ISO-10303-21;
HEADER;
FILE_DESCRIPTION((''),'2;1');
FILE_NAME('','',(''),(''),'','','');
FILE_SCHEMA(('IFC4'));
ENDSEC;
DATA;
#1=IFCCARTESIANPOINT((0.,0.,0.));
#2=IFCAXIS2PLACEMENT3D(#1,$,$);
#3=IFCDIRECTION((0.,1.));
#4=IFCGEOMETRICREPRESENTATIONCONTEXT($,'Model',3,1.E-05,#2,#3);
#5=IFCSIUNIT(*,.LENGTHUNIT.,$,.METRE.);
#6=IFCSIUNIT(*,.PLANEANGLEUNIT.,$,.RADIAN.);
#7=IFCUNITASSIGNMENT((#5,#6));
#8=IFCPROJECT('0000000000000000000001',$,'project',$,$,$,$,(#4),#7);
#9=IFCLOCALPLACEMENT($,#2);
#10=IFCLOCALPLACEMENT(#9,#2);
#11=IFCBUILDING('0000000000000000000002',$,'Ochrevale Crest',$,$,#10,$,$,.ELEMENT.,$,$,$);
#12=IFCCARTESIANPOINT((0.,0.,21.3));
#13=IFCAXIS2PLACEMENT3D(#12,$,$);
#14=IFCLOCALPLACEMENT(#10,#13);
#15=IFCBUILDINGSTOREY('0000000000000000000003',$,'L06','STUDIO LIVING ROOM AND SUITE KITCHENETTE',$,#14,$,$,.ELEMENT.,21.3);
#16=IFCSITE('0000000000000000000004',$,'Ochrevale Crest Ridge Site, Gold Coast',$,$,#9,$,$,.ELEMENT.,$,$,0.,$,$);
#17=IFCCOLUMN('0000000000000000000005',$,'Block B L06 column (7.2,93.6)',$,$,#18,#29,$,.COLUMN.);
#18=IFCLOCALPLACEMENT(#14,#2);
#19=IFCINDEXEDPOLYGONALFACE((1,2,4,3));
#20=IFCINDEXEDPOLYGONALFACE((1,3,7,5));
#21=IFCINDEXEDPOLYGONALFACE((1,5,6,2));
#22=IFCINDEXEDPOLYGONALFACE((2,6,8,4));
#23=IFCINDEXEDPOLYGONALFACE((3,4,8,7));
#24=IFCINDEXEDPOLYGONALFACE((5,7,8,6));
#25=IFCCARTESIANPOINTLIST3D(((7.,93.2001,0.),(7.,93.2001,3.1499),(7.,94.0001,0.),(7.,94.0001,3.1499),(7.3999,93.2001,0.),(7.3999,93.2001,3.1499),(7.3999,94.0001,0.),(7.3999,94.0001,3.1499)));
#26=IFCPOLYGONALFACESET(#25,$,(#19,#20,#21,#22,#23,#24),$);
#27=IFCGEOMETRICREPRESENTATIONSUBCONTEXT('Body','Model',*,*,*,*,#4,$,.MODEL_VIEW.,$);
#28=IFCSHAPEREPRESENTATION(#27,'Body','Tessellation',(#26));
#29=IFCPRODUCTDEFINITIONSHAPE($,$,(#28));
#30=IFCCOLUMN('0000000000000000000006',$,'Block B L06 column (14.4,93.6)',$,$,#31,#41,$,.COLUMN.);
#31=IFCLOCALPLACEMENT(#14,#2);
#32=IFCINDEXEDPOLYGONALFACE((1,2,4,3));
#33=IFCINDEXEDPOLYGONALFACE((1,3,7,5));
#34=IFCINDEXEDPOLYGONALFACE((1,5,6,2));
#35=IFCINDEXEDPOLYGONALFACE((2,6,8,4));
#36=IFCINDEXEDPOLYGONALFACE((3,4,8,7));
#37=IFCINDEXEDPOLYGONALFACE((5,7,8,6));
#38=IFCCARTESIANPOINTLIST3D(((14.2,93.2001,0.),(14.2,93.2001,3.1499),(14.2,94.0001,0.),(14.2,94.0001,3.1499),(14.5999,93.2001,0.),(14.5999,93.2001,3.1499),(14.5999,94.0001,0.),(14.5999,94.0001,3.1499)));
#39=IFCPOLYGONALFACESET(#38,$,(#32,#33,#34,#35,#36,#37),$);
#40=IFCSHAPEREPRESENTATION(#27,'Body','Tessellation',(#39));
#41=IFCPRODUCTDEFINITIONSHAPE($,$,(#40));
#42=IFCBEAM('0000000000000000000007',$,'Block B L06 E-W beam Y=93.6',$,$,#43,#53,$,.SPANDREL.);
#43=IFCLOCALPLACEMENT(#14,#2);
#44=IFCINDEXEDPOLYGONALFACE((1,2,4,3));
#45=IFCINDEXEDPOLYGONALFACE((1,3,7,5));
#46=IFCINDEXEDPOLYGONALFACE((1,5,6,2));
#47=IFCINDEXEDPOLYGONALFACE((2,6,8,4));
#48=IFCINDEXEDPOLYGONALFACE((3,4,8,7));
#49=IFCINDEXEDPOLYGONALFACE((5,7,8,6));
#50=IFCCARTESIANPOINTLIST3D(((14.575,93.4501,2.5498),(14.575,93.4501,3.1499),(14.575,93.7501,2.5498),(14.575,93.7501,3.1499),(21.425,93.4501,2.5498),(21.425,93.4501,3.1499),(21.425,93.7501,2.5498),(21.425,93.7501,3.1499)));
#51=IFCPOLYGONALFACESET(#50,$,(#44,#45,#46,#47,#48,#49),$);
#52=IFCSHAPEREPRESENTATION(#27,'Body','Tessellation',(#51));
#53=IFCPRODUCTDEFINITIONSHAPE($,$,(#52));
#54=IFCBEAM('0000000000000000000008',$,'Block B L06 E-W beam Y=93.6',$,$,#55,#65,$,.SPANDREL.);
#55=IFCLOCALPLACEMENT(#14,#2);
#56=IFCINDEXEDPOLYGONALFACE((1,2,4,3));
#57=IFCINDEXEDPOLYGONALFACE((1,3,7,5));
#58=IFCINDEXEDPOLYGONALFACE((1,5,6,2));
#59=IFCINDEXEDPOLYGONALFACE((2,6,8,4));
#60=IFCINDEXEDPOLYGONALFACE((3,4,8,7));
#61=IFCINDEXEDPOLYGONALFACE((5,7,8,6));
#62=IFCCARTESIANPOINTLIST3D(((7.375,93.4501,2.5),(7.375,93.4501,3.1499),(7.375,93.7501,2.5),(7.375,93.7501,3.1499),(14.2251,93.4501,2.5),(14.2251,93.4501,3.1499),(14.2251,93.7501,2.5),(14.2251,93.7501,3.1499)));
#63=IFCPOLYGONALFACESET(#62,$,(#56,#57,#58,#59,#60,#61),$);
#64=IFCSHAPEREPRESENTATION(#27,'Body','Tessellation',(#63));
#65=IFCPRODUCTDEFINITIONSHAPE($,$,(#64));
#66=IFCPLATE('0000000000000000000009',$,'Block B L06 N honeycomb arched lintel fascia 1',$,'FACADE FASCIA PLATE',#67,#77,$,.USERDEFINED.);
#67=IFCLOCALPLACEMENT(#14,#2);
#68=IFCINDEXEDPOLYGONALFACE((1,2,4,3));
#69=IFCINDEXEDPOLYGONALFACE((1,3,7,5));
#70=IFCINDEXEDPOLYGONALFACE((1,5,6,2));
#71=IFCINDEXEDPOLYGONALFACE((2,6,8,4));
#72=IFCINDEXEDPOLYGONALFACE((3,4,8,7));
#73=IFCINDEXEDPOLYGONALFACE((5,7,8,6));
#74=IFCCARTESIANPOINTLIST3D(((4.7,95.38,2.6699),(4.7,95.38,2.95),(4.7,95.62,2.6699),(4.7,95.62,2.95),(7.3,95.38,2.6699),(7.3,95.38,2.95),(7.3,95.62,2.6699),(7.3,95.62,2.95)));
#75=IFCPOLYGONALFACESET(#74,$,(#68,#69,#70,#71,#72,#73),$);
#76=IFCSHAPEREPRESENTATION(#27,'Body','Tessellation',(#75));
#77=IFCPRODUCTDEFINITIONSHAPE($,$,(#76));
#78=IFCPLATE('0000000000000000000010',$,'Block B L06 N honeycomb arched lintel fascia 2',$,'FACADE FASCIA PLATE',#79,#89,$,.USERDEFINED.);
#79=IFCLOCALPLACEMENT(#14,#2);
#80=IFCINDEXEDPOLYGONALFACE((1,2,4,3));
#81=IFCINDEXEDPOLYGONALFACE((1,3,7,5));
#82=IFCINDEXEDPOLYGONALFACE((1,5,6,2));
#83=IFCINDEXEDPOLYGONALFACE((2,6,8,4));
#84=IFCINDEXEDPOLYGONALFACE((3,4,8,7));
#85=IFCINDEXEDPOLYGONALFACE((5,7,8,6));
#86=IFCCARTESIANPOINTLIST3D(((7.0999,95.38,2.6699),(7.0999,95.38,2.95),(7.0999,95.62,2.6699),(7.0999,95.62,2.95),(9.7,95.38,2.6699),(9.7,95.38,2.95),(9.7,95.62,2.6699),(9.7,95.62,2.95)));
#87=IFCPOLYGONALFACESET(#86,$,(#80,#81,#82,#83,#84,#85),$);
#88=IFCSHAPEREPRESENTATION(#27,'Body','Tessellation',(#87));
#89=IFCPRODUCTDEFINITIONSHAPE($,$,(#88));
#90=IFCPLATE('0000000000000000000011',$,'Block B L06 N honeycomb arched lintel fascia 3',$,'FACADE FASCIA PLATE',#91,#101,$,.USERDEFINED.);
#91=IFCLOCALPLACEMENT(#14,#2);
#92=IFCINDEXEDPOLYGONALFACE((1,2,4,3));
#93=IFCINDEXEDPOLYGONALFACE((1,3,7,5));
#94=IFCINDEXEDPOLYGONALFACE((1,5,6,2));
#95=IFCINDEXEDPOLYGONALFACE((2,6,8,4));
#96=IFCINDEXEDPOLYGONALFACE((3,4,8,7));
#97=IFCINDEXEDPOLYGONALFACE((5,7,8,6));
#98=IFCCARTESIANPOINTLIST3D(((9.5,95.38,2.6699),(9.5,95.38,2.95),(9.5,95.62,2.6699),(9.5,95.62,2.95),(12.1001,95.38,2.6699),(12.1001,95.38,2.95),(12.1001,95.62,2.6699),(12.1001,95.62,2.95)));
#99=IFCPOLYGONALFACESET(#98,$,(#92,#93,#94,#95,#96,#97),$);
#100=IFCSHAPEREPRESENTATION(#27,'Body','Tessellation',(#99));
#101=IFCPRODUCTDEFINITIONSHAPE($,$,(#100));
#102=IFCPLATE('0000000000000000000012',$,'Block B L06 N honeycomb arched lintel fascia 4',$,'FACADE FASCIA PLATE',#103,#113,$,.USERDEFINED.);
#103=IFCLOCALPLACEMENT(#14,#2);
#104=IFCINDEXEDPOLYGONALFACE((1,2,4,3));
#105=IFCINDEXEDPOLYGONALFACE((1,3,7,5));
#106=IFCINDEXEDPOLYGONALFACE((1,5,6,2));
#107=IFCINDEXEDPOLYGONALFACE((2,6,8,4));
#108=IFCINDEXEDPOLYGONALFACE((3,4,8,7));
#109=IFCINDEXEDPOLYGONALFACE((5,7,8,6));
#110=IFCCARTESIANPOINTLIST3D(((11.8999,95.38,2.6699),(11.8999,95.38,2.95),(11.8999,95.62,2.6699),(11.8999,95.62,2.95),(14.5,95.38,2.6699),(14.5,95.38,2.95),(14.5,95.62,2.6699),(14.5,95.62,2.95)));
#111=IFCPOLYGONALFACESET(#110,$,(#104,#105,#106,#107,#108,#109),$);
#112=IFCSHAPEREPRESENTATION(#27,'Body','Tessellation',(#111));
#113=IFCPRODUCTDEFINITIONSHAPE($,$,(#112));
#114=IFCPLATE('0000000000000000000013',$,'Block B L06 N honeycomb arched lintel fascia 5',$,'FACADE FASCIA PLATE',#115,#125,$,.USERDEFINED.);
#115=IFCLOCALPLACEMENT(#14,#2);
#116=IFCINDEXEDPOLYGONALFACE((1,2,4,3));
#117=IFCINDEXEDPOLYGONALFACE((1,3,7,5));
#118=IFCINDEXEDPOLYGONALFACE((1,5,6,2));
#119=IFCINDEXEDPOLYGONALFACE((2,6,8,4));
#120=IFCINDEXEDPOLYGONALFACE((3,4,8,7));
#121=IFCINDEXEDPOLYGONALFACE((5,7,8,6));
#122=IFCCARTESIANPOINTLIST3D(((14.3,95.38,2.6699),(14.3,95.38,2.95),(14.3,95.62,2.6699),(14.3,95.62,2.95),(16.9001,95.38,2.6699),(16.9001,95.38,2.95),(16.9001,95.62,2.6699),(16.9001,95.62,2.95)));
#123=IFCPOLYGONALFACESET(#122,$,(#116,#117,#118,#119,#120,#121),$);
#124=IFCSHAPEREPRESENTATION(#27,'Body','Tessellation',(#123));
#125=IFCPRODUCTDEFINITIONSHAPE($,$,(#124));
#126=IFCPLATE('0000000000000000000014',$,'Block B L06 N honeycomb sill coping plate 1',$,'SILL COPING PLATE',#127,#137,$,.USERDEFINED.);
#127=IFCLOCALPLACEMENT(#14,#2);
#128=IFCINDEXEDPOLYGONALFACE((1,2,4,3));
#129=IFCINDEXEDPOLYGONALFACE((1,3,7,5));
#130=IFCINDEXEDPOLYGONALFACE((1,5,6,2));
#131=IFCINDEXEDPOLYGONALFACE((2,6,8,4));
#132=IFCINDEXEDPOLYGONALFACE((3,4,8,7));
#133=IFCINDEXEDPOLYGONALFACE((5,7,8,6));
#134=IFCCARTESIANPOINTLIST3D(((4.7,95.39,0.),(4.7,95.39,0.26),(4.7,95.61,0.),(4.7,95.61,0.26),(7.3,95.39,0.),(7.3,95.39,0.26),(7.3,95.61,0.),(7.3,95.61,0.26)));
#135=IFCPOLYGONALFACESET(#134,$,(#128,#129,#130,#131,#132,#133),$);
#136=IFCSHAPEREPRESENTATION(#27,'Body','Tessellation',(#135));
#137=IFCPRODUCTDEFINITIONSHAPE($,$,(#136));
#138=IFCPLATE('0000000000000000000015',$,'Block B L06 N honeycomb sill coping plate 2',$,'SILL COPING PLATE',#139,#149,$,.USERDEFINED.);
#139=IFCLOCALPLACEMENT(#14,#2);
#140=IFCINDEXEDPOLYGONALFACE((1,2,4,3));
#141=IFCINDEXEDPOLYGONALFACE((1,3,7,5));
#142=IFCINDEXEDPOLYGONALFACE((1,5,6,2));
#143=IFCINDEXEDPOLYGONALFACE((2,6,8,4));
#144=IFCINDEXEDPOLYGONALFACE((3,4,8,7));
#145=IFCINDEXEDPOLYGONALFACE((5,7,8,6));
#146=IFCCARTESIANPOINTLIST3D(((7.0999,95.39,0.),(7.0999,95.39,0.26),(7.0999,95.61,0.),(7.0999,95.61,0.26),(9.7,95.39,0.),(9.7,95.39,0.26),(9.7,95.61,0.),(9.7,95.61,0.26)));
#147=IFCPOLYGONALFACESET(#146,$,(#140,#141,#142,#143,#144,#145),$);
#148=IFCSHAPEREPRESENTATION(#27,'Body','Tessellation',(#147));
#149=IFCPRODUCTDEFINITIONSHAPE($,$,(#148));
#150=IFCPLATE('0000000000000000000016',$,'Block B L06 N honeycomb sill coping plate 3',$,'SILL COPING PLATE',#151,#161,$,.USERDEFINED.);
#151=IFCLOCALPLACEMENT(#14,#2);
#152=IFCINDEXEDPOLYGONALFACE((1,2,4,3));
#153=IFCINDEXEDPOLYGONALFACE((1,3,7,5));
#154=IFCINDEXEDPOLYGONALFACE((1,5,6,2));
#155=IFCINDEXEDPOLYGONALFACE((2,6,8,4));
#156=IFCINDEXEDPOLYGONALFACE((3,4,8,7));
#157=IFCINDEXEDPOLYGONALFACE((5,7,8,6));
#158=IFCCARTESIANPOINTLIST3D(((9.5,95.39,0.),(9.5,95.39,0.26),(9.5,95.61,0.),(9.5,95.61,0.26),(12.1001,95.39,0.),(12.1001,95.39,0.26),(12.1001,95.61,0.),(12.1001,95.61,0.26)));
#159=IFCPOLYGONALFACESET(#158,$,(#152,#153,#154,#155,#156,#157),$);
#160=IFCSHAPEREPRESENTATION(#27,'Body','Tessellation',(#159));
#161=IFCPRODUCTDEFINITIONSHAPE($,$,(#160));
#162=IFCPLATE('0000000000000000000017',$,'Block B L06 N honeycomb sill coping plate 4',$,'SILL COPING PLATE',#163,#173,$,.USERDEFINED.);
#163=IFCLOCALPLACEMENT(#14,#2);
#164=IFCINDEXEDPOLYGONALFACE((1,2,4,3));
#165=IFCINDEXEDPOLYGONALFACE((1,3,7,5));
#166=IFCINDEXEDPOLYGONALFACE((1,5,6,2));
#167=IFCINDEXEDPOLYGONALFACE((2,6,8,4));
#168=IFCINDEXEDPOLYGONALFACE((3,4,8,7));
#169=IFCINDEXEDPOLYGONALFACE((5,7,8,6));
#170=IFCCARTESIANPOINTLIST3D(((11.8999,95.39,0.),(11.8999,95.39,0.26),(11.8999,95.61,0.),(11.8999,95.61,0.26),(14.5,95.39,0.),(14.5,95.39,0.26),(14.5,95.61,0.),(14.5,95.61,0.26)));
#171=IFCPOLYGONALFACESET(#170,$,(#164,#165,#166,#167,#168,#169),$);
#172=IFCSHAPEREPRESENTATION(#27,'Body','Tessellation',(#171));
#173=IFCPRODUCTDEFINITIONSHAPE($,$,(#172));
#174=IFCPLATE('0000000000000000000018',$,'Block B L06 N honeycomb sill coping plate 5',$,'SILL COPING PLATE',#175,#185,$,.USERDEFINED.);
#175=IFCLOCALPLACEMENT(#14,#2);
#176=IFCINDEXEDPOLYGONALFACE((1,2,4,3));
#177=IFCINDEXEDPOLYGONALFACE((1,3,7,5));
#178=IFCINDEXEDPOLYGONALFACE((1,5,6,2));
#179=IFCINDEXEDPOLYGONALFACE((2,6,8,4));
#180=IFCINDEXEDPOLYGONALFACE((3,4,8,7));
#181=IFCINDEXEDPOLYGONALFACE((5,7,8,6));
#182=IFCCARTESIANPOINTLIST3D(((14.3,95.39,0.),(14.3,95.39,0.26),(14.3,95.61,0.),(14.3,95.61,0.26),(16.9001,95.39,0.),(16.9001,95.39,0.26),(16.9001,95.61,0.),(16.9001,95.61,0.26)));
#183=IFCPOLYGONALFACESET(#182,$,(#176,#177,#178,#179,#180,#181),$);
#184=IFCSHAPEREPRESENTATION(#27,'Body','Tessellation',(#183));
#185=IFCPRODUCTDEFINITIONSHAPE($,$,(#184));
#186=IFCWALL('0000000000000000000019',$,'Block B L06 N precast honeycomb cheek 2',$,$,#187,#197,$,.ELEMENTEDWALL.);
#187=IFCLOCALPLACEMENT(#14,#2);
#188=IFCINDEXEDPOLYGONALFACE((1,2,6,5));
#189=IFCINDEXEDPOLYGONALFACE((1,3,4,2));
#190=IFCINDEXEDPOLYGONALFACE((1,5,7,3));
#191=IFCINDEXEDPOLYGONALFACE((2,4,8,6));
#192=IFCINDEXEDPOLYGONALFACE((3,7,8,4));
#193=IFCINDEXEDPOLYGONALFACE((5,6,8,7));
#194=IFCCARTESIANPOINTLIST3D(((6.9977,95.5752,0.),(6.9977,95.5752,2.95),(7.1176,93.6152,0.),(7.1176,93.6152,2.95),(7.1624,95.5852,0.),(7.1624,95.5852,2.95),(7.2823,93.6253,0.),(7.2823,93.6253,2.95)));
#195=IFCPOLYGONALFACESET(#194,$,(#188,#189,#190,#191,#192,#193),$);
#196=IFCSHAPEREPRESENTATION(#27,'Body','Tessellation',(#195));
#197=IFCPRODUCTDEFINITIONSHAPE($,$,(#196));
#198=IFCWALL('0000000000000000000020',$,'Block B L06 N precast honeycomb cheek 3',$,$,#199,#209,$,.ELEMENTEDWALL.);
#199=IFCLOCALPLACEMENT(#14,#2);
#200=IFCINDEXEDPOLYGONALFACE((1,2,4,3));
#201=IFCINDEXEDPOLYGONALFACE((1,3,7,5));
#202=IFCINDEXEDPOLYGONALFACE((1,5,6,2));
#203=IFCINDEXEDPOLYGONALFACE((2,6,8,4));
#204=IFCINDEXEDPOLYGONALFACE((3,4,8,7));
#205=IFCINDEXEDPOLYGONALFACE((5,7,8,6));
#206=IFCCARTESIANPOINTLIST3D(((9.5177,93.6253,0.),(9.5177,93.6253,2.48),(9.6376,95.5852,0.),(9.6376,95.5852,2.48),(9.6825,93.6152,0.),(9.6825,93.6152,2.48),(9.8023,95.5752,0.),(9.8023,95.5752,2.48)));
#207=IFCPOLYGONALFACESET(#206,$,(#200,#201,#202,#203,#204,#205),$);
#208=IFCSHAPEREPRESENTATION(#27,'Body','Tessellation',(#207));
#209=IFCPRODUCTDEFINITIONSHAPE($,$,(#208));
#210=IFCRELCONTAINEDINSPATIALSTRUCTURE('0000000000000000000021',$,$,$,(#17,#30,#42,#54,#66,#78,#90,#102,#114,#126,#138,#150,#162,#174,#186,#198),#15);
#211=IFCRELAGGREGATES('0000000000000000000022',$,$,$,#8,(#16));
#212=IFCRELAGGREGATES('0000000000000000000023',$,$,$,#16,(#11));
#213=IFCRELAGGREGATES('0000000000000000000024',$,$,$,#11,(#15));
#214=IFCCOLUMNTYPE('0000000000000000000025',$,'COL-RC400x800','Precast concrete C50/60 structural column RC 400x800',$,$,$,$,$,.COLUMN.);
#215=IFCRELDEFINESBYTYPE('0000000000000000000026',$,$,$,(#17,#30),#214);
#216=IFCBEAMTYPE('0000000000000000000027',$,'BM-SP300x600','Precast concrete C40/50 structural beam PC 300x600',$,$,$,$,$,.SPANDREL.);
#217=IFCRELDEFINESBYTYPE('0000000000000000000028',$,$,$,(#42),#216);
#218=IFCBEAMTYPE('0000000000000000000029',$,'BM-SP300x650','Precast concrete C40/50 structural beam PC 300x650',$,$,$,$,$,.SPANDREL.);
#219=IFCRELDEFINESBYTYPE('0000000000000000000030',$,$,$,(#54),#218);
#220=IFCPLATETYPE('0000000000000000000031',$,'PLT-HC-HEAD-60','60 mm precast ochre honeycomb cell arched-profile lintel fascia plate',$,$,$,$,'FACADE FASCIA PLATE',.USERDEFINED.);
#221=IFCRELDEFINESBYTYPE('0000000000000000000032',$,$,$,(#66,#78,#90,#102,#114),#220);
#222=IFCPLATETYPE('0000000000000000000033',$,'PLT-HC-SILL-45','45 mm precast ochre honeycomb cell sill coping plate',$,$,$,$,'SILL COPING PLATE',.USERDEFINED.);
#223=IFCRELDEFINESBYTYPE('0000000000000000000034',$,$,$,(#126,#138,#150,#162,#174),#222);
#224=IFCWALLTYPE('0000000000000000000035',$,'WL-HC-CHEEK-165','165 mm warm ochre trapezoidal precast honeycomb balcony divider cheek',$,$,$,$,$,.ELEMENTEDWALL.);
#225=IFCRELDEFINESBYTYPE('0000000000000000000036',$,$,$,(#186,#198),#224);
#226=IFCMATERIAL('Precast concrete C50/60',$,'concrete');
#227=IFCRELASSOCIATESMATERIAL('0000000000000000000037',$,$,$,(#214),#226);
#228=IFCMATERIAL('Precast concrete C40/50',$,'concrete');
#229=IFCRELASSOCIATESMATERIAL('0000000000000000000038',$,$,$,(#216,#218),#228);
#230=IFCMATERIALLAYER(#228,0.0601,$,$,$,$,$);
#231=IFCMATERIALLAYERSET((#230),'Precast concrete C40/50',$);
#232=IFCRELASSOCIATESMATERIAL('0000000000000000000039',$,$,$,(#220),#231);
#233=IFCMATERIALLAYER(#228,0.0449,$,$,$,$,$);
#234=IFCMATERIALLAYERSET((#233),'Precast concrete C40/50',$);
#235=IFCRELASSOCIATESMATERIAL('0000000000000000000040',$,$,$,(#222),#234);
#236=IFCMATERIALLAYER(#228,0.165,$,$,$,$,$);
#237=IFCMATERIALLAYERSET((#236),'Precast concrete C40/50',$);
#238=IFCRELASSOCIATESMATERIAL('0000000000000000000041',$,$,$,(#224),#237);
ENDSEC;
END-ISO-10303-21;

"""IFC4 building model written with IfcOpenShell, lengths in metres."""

from ifc_helpers import new_model, si_unit, direction, frame, frame_2d, origin, origin_2d, place, context, subcontext, project, spatial, rectangle, extrude, material, layer, layer_set, material_profile, profile_set, type_object, element, save


model = new_model("IFC4")

# Units and contexts
model_context = context("Model", 3, precision=1e-05, world=origin(), true_north=direction((0.0, 1.0)))
body_context = subcontext(model_context, "Body", "Model", "MODEL_VIEW")
ifc_project = project(units=[si_unit("LENGTHUNIT", "METRE"), si_unit("PLANEANGLEUNIT", "RADIAN")], contexts=[model_context])

# Site, building, storey
site_placement = place(None, origin())
site = spatial("IfcSite", under=ifc_project, at=site_placement, Name="Ochrevale Crest Ridge Site, Gold Coast", CompositionType="ELEMENT", RefElevation=0.0)
building_placement = place(site_placement, origin())
building = spatial("IfcBuilding", under=site, at=building_placement, Name="Ochrevale Crest", CompositionType="ELEMENT")
storey_placement = place(building_placement, frame((0.0, 0.0, 21.3)))
storey = spatial("IfcBuildingStorey", under=building, at=storey_placement, Name="L06", Description="STUDIO LIVING ROOM AND SUITE KITCHENETTE", CompositionType="ELEMENT", Elevation=21.3)

# Columns
ifc_material_1 = material(Name="Precast concrete C50/60", Category="concrete")
ifc_material_profile_1 = material_profile(ifc_material_1, rectangle(XDim=0.3999, YDim=0.8, at=origin_2d()), Name="RC 400x800")
ifc_profile_set_1 = profile_set([ifc_material_profile_1], Name="Precast concrete C50/60")
column_type = type_object("IfcColumnType", Name="COL-RC400x800", Description="Precast concrete C50/60 structural column RC 400x800", PredefinedType="COLUMN", material=ifc_profile_set_1)
for number, where, z_axis, x_axis, name in (
    (1, (7.2, 93.6001, 0.0), (0.0, 0.0, 1.0), (1.0, 0.0, 0.0), "Block B L06 column (7.2,93.6)"),
    (2, (14.3999, 93.6001, 0.0), (0.0, 0.0, 1.0), (1.0, 0.0, 0.0), "Block B L06 column (14.4,93.6)"),
):
    element("IfcColumn", number, at=place(storey_placement, frame(where, z_axis=z_axis, x_axis=x_axis)), inside=storey, type_object=column_type, Name=name, PredefinedType="COLUMN", context=body_context, shape_type="SweptSolid", body=[
        extrude(rectangle(XDim=0.3999, YDim=0.8, at=origin_2d()), origin(), (0.0, 0.0, 1.0), 3.1499),
    ])

# Beams
ifc_material_2 = material(Name="Precast concrete C40/50", Category="concrete")
ifc_material_profile_2 = material_profile(ifc_material_2, rectangle(XDim=0.3, YDim=0.6001, at=origin_2d()), Name="PC 300x600")
ifc_profile_set_2 = profile_set([ifc_material_profile_2], Name="Precast concrete C40/50")
beam_type_1 = type_object("IfcBeamType", Name="BM-SP300x600", Description="Precast concrete C40/50 structural beam PC 300x600", PredefinedType="SPANDREL", material=ifc_profile_set_2)
beam_1_placement = place(storey_placement, frame((14.575, 93.6001, 2.8499), z_axis=(1.0, 0.0, 0.0), x_axis=(0.0, 1.0, 0.0)))
element("IfcBeam", 3, at=beam_1_placement, inside=storey, type_object=beam_type_1, Name="Block B L06 E-W beam Y=93.6", PredefinedType="SPANDREL", context=body_context, shape_type="SweptSolid", body=[
    extrude(rectangle(XDim=0.3, YDim=0.6001, at=origin_2d()), origin(), (0.0, 0.0, 1.0), 6.8501),
])
ifc_material_profile_3 = material_profile(ifc_material_2, rectangle(XDim=0.3, YDim=0.6499, at=origin_2d()), Name="PC 300x650")
ifc_profile_set_3 = profile_set([ifc_material_profile_3], Name="Precast concrete C40/50")
beam_type_2 = type_object("IfcBeamType", Name="BM-SP300x650", Description="Precast concrete C40/50 structural beam PC 300x650", PredefinedType="SPANDREL", material=ifc_profile_set_3)
beam_2_placement = place(storey_placement, frame((7.375, 93.6001, 2.825), z_axis=(1.0, 0.0, 0.0), x_axis=(0.0, 1.0, 0.0)))
element("IfcBeam", 4, at=beam_2_placement, inside=storey, type_object=beam_type_2, Name="Block B L06 E-W beam Y=93.6", PredefinedType="SPANDREL", context=body_context, shape_type="SweptSolid", body=[
    extrude(rectangle(XDim=0.3, YDim=0.6499, at=origin_2d()), origin(), (0.0, 0.0, 1.0), 6.8501),
])

# Plates
ifc_layer_1 = layer(ifc_material_2, 0.0601)
ifc_layer_set_1 = layer_set([ifc_layer_1], Name="Precast concrete C40/50")
plate_type_1 = type_object("IfcPlateType", Name="PLT-HC-HEAD-60", Description="60 mm precast ochre honeycomb cell arched-profile lintel fascia plate", ElementType="FACADE FASCIA PLATE", PredefinedType="USERDEFINED", material=ifc_layer_set_1)
for number, where, z_axis, x_axis, name in (
    (5, (6.0, 95.5, 2.6699), (0.0, 0.0, 1.0), (1.0, 0.0, 0.0), "Block B L06 N honeycomb arched lintel fascia 1"),
    (6, (8.3999, 95.5, 2.6699), (0.0, 0.0, 1.0), (1.0, 0.0, 0.0), "Block B L06 N honeycomb arched lintel fascia 2"),
    (7, (10.8, 95.5, 2.6699), (0.0, 0.0, 1.0), (1.0, 0.0, 0.0), "Block B L06 N honeycomb arched lintel fascia 3"),
    (8, (13.2, 95.5, 2.6699), (0.0, 0.0, 1.0), (1.0, 0.0, 0.0), "Block B L06 N honeycomb arched lintel fascia 4"),
    (9, (15.6001, 95.5, 2.6699), (0.0, 0.0, 1.0), (1.0, 0.0, 0.0), "Block B L06 N honeycomb arched lintel fascia 5"),
):
    element("IfcPlate", number, at=place(storey_placement, frame(where, z_axis=z_axis, x_axis=x_axis)), inside=storey, type_object=plate_type_1, Name=name, ObjectType="FACADE FASCIA PLATE", PredefinedType="USERDEFINED", context=body_context, shape_type="SweptSolid", body=[
        extrude(rectangle(XDim=2.6001, YDim=0.24, at=origin_2d()), origin(), (0.0, 0.0, 1.0), 0.28),
    ])
ifc_layer_2 = layer(ifc_material_2, 0.0449)
ifc_layer_set_2 = layer_set([ifc_layer_2], Name="Precast concrete C40/50")
plate_type_2 = type_object("IfcPlateType", Name="PLT-HC-SILL-45", Description="45 mm precast ochre honeycomb cell sill coping plate", ElementType="SILL COPING PLATE", PredefinedType="USERDEFINED", material=ifc_layer_set_2)
for number, where, z_axis, x_axis, name in (
    (10, (6.0, 95.5, 0.0), (0.0, 0.0, 1.0), (1.0, 0.0, 0.0), "Block B L06 N honeycomb sill coping plate 1"),
    (11, (8.3999, 95.5, 0.0), (0.0, 0.0, 1.0), (1.0, 0.0, 0.0), "Block B L06 N honeycomb sill coping plate 2"),
    (12, (10.8, 95.5, 0.0), (0.0, 0.0, 1.0), (1.0, 0.0, 0.0), "Block B L06 N honeycomb sill coping plate 3"),
    (13, (13.2, 95.5, 0.0), (0.0, 0.0, 1.0), (1.0, 0.0, 0.0), "Block B L06 N honeycomb sill coping plate 4"),
    (14, (15.6001, 95.5, 0.0), (0.0, 0.0, 1.0), (1.0, 0.0, 0.0), "Block B L06 N honeycomb sill coping plate 5"),
):
    element("IfcPlate", number, at=place(storey_placement, frame(where, z_axis=z_axis, x_axis=x_axis)), inside=storey, type_object=plate_type_2, Name=name, ObjectType="SILL COPING PLATE", PredefinedType="USERDEFINED", context=body_context, shape_type="SweptSolid", body=[
        extrude(rectangle(XDim=2.6001, YDim=0.22, at=origin_2d()), origin(), (0.0, 0.0, 1.0), 0.26),
    ])

# Walls
ifc_layer_3 = layer(ifc_material_2, 0.165)
ifc_layer_set_3 = layer_set([ifc_layer_3], Name="Precast concrete C40/50")
wall_type_1 = type_object("IfcWallType", Name="WL-HC-CHEEK-165", Description="165 mm warm ochre trapezoidal precast honeycomb balcony divider cheek", PredefinedType="ELEMENTEDWALL", material=ifc_layer_set_3)
wall_1_placement = place(storey_placement, frame((7.2, 93.6201, 0.0), z_axis=(0.0, 0.0, 1.0), x_axis=(-0.061047, 0.998135, 0.0)))
element("IfcWall", 15, at=wall_1_placement, inside=storey, type_object=wall_type_1, Name="Block B L06 N precast honeycomb cheek 2", PredefinedType="ELEMENTEDWALL", context=body_context, shape_type="SweptSolid", body=[
    extrude(rectangle(XDim=1.9636, YDim=0.165, at=frame_2d((0.9819, 0.0))), origin(), (0.0, 0.0, 1.0), 2.95),
])
for number, where, z_axis, x_axis, name in (
    (16, (9.6001, 93.6201, 0.0), (0.0, 0.0, 1.0), (0.061047, 0.998135, 0.0), "Block B L06 N precast honeycomb cheek 3"),
):
    element("IfcWall", number, at=place(storey_placement, frame(where, z_axis=z_axis, x_axis=x_axis)), inside=storey, type_object=wall_type_1, Name=name, PredefinedType="ELEMENTEDWALL", context=body_context, shape_type="SweptSolid", body=[
        extrude(rectangle(XDim=1.9636, YDim=0.165, at=frame_2d((0.9819, 0.0))), origin(), (0.0, 0.0, 1.0), 2.48),
    ])

save(model, "model.ifc")
